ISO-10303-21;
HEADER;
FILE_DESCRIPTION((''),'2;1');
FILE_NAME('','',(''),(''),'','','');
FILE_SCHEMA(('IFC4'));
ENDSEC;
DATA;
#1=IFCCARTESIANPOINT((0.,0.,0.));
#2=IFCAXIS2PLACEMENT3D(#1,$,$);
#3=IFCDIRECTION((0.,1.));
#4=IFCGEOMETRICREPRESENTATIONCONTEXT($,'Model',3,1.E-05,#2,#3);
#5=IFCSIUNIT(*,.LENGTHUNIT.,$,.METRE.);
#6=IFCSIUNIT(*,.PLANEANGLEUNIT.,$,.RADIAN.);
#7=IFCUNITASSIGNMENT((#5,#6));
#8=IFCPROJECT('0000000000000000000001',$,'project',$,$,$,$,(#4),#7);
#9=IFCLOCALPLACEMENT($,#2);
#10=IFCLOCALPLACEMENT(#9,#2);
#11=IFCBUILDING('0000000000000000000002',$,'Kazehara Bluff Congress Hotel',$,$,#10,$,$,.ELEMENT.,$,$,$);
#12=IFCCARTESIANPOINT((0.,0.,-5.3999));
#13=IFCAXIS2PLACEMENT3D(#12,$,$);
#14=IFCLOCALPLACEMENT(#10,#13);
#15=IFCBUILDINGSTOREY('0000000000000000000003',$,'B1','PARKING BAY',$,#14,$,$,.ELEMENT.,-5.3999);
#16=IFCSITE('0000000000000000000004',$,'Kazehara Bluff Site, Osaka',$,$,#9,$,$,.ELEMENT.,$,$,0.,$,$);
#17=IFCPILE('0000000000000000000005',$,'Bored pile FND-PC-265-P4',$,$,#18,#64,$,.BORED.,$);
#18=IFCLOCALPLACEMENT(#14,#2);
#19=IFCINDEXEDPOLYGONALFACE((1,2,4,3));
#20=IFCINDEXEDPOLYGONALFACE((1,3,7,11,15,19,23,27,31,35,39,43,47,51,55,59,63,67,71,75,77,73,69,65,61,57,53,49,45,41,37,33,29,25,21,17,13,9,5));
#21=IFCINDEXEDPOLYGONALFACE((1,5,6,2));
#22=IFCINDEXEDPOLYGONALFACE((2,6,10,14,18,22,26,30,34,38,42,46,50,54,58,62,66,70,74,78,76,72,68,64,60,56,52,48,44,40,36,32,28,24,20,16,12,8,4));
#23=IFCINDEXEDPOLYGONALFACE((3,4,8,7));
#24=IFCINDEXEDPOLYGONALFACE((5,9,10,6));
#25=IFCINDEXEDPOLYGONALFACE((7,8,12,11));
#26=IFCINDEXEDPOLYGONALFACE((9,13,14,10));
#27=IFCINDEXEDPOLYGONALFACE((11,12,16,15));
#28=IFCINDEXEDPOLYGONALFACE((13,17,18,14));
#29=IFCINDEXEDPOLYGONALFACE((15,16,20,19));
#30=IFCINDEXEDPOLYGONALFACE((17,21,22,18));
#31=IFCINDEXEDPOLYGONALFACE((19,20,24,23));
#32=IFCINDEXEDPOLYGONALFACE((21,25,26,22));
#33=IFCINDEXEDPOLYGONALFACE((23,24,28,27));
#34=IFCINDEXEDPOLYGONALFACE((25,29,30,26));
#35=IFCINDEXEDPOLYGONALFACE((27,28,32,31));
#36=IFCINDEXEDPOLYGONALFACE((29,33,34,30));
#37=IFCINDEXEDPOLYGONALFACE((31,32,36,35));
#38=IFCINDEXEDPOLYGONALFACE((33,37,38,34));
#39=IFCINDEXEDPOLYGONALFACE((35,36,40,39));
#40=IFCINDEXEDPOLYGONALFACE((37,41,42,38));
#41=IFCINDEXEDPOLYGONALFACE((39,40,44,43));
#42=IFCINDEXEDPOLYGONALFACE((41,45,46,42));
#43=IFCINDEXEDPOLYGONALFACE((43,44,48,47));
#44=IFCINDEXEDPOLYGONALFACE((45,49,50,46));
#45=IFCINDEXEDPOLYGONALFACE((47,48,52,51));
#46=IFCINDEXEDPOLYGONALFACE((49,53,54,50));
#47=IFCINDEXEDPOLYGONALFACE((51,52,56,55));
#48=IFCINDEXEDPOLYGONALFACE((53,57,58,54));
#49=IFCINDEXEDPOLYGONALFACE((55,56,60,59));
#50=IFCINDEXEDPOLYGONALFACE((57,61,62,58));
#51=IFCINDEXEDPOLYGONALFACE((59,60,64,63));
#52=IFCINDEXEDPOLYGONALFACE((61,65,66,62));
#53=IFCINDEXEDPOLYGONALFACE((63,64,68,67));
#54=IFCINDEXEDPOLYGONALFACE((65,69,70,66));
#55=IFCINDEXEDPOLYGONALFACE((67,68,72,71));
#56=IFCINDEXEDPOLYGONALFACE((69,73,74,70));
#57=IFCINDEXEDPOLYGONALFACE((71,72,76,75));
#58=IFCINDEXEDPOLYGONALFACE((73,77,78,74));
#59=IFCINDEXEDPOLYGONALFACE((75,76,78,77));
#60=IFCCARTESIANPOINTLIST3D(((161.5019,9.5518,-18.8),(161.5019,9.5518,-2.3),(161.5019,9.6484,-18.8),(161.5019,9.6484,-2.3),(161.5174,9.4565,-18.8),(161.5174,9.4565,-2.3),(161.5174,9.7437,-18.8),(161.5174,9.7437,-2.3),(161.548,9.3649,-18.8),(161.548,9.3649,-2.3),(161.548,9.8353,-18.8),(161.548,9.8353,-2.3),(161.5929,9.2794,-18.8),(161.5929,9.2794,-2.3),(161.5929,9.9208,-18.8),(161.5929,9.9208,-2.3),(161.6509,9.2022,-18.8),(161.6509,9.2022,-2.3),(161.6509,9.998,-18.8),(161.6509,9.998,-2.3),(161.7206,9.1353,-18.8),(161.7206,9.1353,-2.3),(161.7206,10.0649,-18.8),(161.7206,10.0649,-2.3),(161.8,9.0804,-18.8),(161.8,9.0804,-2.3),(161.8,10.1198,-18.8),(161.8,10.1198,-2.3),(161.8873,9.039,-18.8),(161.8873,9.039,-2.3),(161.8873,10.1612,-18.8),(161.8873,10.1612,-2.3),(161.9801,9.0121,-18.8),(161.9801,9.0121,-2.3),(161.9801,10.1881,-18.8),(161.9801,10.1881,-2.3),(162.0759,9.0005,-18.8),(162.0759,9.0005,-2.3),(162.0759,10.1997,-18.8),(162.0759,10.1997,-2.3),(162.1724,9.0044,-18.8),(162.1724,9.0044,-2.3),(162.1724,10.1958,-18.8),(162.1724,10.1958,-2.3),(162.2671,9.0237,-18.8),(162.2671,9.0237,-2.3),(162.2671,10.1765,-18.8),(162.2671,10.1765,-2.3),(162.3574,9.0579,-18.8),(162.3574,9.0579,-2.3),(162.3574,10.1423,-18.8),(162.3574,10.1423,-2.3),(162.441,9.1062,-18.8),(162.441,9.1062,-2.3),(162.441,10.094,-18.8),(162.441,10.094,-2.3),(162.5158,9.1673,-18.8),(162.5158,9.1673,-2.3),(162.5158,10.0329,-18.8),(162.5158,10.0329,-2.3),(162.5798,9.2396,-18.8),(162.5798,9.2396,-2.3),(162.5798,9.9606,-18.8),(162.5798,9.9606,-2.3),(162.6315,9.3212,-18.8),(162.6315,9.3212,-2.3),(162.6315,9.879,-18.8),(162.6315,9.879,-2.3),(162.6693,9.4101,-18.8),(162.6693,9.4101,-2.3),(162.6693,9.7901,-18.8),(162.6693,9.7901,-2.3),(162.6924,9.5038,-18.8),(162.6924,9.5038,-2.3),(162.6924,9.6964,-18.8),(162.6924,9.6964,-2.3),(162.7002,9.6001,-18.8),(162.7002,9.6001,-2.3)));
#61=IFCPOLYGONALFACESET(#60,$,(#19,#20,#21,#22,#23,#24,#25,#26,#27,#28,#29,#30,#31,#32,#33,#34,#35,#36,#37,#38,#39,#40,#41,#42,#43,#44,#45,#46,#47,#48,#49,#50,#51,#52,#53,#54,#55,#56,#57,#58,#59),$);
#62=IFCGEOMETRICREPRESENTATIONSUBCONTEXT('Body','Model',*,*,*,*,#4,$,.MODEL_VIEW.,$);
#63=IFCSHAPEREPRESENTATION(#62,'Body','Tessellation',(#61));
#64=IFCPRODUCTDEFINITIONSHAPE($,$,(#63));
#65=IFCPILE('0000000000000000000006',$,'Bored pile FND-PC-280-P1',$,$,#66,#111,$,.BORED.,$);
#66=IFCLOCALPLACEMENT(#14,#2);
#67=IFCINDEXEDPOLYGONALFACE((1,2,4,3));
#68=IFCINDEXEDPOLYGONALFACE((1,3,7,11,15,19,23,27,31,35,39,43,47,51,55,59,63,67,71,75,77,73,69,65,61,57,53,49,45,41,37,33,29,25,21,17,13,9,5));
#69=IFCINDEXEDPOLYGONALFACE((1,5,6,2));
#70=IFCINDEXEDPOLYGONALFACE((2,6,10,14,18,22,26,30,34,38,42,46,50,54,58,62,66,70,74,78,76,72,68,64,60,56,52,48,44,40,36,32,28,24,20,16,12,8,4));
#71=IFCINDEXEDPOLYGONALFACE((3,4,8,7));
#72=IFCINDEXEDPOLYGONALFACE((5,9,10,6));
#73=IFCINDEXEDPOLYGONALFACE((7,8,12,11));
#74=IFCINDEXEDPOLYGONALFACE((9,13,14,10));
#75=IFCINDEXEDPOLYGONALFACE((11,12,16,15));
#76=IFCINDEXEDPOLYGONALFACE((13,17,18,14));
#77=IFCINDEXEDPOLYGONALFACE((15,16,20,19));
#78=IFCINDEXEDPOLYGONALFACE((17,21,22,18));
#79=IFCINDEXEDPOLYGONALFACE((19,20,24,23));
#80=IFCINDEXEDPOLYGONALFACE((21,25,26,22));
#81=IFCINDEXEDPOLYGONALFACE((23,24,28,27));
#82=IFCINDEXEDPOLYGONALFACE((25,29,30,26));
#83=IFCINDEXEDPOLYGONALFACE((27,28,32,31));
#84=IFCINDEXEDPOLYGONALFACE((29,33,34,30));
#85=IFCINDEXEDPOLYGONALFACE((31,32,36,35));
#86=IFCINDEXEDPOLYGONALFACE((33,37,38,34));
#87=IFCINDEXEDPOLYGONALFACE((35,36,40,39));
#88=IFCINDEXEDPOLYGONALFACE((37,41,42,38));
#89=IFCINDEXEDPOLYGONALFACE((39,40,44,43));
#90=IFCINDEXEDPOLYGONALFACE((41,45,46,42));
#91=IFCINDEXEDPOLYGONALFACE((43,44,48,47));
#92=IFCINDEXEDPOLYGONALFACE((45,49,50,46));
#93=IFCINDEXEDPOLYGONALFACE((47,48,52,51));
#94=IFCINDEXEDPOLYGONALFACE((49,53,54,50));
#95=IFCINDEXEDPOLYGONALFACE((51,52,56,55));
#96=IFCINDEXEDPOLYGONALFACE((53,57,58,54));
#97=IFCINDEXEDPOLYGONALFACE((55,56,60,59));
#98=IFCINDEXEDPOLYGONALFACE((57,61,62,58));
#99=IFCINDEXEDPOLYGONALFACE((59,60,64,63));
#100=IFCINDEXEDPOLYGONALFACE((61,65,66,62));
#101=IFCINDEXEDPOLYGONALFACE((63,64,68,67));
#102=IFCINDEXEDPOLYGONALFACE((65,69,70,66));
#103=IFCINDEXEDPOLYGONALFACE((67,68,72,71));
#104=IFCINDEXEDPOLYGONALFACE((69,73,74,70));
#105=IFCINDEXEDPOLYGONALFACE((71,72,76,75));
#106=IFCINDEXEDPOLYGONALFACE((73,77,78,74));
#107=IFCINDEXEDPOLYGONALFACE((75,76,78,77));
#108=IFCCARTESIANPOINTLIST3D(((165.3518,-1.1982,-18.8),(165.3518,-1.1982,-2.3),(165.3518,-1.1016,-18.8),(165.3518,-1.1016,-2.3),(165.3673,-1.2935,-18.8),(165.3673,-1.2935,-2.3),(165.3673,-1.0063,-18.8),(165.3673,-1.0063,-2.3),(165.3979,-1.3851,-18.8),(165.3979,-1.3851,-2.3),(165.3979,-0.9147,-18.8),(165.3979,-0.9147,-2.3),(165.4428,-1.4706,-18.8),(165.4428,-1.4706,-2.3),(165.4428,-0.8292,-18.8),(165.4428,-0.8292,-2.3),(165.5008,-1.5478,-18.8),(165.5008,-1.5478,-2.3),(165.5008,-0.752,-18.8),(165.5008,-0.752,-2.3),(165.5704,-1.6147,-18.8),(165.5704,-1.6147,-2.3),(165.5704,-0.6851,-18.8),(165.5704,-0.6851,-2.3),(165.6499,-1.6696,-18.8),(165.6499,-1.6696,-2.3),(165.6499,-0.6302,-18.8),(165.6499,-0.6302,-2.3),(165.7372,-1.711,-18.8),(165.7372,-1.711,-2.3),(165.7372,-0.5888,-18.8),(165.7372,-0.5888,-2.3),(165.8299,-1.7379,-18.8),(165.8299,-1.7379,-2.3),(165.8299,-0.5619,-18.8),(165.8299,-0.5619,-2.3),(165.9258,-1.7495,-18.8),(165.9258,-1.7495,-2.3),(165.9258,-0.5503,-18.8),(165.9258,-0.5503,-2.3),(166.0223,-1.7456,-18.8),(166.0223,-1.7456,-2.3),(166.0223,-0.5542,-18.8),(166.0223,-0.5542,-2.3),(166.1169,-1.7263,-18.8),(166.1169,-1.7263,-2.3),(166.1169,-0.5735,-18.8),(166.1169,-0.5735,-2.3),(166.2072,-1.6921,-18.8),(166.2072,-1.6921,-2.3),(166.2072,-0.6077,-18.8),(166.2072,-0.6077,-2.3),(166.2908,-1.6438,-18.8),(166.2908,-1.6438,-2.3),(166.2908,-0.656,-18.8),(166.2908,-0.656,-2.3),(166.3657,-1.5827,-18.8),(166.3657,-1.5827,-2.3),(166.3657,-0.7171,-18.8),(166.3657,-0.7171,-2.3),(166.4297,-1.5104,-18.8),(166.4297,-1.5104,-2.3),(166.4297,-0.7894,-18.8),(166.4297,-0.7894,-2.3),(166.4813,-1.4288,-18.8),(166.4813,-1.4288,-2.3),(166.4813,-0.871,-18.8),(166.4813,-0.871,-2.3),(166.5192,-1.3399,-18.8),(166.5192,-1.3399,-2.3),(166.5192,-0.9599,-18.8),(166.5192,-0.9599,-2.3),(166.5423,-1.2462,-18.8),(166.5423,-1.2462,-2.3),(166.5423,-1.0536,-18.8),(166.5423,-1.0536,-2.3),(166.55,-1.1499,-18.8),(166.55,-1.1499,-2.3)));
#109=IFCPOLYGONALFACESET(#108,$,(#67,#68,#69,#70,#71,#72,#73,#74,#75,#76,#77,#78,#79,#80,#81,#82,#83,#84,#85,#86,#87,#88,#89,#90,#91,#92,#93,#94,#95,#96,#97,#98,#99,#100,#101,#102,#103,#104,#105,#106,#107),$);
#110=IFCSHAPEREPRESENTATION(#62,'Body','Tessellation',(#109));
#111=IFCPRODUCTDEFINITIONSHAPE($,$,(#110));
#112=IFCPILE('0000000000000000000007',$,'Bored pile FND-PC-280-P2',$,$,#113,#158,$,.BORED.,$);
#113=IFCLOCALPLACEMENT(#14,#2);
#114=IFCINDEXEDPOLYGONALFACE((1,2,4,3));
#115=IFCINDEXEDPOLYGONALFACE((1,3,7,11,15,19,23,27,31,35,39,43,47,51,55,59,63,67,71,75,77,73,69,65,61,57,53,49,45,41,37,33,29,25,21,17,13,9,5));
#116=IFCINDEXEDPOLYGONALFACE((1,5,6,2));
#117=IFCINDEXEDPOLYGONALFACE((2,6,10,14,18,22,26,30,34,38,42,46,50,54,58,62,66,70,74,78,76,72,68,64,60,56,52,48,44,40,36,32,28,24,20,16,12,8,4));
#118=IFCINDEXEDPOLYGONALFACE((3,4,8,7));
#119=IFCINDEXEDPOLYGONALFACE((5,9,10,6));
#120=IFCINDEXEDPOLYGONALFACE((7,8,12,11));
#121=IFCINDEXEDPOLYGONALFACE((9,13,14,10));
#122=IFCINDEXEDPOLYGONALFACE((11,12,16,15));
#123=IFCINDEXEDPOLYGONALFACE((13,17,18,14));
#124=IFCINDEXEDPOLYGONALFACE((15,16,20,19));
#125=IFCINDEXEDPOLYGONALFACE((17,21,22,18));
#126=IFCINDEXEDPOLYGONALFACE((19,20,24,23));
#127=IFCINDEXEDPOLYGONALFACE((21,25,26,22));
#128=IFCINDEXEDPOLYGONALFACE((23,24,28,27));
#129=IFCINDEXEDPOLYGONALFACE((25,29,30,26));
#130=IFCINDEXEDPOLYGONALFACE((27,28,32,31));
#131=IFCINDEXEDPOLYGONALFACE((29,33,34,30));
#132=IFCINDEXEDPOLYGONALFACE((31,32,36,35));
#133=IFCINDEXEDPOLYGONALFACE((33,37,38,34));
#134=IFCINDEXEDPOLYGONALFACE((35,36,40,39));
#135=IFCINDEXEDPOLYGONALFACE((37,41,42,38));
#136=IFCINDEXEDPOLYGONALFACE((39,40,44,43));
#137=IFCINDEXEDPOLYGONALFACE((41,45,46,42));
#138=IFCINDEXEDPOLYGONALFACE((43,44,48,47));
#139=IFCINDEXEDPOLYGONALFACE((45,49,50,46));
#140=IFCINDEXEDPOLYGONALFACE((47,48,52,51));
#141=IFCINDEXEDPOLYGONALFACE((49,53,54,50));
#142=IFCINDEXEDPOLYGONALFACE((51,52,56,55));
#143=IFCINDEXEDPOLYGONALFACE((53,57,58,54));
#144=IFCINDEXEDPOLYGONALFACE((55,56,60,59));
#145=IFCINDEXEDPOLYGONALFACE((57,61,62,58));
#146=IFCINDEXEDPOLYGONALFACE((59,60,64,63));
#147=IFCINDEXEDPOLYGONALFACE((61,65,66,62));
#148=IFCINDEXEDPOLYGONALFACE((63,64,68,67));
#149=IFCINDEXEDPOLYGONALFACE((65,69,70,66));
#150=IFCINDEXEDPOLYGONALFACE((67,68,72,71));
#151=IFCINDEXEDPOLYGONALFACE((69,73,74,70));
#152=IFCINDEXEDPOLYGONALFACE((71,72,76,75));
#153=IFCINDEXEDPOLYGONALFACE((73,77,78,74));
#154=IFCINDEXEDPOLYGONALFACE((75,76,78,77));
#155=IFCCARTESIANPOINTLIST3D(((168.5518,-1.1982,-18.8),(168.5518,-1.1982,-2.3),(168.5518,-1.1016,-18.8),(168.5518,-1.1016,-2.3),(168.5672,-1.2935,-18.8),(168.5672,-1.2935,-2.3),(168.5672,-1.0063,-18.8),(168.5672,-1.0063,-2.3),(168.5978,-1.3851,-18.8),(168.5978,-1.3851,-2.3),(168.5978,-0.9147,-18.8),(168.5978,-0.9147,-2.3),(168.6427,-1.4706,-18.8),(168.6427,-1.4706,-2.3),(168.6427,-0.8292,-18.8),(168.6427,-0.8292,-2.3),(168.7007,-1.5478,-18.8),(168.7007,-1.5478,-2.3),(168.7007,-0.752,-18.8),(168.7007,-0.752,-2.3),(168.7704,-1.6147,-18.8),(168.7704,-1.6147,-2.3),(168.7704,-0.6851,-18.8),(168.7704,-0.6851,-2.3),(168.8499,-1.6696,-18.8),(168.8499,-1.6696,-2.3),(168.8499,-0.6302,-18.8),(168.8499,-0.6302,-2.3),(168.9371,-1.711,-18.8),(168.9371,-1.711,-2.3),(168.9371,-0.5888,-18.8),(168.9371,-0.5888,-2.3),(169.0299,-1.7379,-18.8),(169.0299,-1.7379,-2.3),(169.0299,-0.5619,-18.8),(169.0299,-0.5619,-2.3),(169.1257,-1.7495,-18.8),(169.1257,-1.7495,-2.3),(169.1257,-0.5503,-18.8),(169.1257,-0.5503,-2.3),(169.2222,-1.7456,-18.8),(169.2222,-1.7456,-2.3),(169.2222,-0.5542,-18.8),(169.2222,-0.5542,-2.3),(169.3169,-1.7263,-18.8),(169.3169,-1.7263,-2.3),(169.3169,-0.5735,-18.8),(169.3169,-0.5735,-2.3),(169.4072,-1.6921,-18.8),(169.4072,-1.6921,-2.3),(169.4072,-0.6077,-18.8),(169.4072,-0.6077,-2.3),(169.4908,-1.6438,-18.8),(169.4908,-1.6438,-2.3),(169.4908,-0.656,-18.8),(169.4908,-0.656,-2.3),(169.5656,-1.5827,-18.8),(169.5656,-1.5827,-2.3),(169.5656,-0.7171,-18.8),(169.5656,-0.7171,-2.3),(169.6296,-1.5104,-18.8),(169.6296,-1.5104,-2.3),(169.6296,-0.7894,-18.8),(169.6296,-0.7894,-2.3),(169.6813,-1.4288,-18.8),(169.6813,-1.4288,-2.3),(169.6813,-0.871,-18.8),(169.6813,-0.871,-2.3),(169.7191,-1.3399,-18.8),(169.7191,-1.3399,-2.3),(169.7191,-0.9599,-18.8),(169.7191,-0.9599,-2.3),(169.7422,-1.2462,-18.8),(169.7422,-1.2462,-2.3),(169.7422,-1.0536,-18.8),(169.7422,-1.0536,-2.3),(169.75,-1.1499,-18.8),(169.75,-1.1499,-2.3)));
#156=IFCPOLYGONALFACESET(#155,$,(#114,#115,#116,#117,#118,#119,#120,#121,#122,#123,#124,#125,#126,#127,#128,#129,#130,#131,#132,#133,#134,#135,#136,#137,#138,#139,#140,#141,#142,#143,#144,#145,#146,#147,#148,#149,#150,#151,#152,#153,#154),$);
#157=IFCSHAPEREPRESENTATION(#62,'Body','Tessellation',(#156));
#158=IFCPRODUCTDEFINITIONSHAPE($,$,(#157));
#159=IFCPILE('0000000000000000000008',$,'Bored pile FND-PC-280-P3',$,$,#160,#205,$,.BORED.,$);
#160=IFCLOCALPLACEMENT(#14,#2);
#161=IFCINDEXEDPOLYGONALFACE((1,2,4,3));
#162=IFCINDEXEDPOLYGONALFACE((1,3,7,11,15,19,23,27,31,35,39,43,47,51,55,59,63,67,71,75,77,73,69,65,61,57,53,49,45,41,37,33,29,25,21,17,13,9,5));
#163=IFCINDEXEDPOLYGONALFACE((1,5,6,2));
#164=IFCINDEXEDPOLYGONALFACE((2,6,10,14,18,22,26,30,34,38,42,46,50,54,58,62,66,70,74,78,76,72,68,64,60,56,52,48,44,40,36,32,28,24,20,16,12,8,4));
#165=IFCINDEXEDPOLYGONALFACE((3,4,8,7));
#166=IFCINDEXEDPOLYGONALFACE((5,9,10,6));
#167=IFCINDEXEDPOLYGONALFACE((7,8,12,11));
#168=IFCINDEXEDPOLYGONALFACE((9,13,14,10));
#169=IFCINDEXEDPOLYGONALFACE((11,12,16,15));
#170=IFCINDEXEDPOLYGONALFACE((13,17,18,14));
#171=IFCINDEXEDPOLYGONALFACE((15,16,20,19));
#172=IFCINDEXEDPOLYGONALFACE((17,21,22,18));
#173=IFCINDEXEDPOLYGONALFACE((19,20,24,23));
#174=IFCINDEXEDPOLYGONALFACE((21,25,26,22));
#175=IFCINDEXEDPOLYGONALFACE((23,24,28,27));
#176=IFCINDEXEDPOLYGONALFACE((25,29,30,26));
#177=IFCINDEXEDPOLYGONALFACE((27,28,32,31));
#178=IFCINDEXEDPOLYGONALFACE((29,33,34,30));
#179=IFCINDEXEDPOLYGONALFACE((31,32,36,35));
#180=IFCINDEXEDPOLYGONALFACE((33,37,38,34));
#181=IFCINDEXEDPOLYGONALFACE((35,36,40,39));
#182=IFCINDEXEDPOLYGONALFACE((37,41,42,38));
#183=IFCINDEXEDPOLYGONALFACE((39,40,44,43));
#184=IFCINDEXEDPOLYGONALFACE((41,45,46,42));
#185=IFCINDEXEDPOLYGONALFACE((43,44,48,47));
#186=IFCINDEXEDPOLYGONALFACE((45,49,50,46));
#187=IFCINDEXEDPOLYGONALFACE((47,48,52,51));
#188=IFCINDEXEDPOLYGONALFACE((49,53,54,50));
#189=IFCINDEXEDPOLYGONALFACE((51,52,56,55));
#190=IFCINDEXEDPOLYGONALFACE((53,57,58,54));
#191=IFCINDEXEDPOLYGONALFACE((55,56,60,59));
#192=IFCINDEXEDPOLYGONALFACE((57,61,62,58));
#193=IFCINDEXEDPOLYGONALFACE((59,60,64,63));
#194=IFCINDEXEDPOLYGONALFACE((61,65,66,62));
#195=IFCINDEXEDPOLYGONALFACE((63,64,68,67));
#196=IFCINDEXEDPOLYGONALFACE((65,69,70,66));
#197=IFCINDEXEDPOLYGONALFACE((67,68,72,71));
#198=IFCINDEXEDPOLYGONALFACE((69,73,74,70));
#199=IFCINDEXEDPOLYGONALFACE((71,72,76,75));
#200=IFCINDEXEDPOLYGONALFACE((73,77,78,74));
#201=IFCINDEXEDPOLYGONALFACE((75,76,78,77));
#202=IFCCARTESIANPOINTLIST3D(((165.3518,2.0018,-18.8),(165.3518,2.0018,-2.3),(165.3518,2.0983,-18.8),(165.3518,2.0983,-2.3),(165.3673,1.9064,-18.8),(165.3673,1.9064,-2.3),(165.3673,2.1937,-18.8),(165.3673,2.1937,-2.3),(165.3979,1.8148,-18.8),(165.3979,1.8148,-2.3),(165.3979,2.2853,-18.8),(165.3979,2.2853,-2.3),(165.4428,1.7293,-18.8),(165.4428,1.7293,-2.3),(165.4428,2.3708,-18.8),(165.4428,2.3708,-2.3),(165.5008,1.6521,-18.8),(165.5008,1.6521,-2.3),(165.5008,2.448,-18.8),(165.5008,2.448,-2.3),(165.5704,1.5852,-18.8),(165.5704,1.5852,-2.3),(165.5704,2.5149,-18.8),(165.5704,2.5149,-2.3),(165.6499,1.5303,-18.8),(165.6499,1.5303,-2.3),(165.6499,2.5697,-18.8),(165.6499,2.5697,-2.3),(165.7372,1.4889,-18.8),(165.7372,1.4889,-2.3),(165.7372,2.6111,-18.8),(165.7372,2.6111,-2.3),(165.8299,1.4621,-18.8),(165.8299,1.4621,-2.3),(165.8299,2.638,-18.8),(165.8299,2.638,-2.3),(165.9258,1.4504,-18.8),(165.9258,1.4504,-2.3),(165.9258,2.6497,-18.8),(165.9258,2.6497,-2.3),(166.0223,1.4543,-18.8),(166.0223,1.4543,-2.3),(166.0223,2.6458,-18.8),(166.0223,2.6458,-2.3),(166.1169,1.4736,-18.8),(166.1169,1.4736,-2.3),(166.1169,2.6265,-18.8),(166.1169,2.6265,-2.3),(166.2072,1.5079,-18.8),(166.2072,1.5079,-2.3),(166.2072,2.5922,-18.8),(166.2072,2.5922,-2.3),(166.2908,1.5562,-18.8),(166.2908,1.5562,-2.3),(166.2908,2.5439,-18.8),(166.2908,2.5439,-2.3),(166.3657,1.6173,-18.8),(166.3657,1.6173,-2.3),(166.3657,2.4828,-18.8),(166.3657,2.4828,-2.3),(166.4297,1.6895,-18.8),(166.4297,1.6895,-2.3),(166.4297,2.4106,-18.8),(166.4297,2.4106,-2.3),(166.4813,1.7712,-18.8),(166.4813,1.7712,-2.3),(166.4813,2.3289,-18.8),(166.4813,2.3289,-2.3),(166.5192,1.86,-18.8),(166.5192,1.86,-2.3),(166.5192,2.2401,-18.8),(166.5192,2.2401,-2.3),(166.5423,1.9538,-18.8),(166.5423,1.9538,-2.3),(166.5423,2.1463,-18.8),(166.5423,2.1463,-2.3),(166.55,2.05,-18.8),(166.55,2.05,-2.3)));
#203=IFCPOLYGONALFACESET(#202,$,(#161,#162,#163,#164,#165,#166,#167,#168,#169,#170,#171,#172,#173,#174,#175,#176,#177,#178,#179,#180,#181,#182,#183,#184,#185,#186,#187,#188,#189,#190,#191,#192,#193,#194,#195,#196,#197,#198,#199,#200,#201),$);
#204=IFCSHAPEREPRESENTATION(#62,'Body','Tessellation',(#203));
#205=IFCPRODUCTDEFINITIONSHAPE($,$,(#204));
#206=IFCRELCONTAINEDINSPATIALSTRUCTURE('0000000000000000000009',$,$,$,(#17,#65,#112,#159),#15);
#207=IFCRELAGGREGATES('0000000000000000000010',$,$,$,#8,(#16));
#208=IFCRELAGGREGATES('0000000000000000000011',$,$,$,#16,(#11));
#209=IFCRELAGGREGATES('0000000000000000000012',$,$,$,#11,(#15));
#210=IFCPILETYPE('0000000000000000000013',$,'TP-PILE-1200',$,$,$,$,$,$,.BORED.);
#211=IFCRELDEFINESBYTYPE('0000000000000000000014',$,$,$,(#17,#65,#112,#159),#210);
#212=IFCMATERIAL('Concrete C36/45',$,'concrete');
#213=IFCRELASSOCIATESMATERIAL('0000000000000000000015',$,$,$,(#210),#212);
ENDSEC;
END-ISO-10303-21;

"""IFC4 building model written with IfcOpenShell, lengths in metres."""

from ifc_helpers import new_model, si_unit, direction, frame, origin, origin_2d, place, context, subcontext, project, spatial, circle, extrude, material, material_profile, profile_set, type_object, element, save


model = new_model("IFC4")

# Units and contexts
model_context = context("Model", 3, precision=1e-05, world=origin(), true_north=direction((0.0, 1.0)))
body_context = subcontext(model_context, "Body", "Model", "MODEL_VIEW")
ifc_project = project(units=[si_unit("LENGTHUNIT", "METRE"), si_unit("PLANEANGLEUNIT", "RADIAN")], contexts=[model_context])

# Site, building, storey
site_placement = place(None, origin())
site = spatial("IfcSite", under=ifc_project, at=site_placement, Name="Kazehara Bluff Site, Osaka", CompositionType="ELEMENT", RefElevation=0.0)
building_placement = place(site_placement, origin())
building = spatial("IfcBuilding", under=site, at=building_placement, Name="Kazehara Bluff Congress Hotel", CompositionType="ELEMENT")
storey_placement = place(building_placement, frame((0.0, 0.0, -5.3999)))
storey = spatial("IfcBuildingStorey", under=building, at=storey_placement, Name="B1", Description="PARKING BAY", CompositionType="ELEMENT", Elevation=-5.3999)

# Piles
ifc_material_1 = material(Name="Concrete C36/45", Category="concrete")
ifc_material_profile_1 = material_profile(ifc_material_1, circle(Radius=0.6001, at=origin_2d()))
ifc_profile_set_1 = profile_set([ifc_material_profile_1], Name="Concrete C36/45")
pile_type_1 = type_object("IfcPileType", Name="TP-PILE-1200", PredefinedType="BORED", material=ifc_profile_set_1)
for number, where, z_axis, x_axis, name in (
    (1, (162.1001, 9.6001, -2.3), (0.0, 0.0, -1.0), (1.0, 0.0, 0.0), "Bored pile FND-PC-265-P4"),
    (2, (165.95, -1.1499, -2.3), (0.0, 0.0, -1.0), (1.0, 0.0, 0.0), "Bored pile FND-PC-280-P1"),
    (3, (169.1499, -1.1499, -2.3), (0.0, 0.0, -1.0), (1.0, 0.0, 0.0), "Bored pile FND-PC-280-P2"),
    (4, (165.95, 2.05, -2.3), (0.0, 0.0, -1.0), (1.0, 0.0, 0.0), "Bored pile FND-PC-280-P3"),
):
    element("IfcPile", number, at=place(storey_placement, frame(where, z_axis=z_axis, x_axis=x_axis)), inside=storey, type_object=pile_type_1, Name=name, PredefinedType="BORED", context=body_context, shape_type="SweptSolid", body=[
        extrude(circle(Radius=0.6001, at=origin_2d()), origin(), (0.0, 0.0, 1.0), 16.5),
    ])

save(model, "model.ifc")
